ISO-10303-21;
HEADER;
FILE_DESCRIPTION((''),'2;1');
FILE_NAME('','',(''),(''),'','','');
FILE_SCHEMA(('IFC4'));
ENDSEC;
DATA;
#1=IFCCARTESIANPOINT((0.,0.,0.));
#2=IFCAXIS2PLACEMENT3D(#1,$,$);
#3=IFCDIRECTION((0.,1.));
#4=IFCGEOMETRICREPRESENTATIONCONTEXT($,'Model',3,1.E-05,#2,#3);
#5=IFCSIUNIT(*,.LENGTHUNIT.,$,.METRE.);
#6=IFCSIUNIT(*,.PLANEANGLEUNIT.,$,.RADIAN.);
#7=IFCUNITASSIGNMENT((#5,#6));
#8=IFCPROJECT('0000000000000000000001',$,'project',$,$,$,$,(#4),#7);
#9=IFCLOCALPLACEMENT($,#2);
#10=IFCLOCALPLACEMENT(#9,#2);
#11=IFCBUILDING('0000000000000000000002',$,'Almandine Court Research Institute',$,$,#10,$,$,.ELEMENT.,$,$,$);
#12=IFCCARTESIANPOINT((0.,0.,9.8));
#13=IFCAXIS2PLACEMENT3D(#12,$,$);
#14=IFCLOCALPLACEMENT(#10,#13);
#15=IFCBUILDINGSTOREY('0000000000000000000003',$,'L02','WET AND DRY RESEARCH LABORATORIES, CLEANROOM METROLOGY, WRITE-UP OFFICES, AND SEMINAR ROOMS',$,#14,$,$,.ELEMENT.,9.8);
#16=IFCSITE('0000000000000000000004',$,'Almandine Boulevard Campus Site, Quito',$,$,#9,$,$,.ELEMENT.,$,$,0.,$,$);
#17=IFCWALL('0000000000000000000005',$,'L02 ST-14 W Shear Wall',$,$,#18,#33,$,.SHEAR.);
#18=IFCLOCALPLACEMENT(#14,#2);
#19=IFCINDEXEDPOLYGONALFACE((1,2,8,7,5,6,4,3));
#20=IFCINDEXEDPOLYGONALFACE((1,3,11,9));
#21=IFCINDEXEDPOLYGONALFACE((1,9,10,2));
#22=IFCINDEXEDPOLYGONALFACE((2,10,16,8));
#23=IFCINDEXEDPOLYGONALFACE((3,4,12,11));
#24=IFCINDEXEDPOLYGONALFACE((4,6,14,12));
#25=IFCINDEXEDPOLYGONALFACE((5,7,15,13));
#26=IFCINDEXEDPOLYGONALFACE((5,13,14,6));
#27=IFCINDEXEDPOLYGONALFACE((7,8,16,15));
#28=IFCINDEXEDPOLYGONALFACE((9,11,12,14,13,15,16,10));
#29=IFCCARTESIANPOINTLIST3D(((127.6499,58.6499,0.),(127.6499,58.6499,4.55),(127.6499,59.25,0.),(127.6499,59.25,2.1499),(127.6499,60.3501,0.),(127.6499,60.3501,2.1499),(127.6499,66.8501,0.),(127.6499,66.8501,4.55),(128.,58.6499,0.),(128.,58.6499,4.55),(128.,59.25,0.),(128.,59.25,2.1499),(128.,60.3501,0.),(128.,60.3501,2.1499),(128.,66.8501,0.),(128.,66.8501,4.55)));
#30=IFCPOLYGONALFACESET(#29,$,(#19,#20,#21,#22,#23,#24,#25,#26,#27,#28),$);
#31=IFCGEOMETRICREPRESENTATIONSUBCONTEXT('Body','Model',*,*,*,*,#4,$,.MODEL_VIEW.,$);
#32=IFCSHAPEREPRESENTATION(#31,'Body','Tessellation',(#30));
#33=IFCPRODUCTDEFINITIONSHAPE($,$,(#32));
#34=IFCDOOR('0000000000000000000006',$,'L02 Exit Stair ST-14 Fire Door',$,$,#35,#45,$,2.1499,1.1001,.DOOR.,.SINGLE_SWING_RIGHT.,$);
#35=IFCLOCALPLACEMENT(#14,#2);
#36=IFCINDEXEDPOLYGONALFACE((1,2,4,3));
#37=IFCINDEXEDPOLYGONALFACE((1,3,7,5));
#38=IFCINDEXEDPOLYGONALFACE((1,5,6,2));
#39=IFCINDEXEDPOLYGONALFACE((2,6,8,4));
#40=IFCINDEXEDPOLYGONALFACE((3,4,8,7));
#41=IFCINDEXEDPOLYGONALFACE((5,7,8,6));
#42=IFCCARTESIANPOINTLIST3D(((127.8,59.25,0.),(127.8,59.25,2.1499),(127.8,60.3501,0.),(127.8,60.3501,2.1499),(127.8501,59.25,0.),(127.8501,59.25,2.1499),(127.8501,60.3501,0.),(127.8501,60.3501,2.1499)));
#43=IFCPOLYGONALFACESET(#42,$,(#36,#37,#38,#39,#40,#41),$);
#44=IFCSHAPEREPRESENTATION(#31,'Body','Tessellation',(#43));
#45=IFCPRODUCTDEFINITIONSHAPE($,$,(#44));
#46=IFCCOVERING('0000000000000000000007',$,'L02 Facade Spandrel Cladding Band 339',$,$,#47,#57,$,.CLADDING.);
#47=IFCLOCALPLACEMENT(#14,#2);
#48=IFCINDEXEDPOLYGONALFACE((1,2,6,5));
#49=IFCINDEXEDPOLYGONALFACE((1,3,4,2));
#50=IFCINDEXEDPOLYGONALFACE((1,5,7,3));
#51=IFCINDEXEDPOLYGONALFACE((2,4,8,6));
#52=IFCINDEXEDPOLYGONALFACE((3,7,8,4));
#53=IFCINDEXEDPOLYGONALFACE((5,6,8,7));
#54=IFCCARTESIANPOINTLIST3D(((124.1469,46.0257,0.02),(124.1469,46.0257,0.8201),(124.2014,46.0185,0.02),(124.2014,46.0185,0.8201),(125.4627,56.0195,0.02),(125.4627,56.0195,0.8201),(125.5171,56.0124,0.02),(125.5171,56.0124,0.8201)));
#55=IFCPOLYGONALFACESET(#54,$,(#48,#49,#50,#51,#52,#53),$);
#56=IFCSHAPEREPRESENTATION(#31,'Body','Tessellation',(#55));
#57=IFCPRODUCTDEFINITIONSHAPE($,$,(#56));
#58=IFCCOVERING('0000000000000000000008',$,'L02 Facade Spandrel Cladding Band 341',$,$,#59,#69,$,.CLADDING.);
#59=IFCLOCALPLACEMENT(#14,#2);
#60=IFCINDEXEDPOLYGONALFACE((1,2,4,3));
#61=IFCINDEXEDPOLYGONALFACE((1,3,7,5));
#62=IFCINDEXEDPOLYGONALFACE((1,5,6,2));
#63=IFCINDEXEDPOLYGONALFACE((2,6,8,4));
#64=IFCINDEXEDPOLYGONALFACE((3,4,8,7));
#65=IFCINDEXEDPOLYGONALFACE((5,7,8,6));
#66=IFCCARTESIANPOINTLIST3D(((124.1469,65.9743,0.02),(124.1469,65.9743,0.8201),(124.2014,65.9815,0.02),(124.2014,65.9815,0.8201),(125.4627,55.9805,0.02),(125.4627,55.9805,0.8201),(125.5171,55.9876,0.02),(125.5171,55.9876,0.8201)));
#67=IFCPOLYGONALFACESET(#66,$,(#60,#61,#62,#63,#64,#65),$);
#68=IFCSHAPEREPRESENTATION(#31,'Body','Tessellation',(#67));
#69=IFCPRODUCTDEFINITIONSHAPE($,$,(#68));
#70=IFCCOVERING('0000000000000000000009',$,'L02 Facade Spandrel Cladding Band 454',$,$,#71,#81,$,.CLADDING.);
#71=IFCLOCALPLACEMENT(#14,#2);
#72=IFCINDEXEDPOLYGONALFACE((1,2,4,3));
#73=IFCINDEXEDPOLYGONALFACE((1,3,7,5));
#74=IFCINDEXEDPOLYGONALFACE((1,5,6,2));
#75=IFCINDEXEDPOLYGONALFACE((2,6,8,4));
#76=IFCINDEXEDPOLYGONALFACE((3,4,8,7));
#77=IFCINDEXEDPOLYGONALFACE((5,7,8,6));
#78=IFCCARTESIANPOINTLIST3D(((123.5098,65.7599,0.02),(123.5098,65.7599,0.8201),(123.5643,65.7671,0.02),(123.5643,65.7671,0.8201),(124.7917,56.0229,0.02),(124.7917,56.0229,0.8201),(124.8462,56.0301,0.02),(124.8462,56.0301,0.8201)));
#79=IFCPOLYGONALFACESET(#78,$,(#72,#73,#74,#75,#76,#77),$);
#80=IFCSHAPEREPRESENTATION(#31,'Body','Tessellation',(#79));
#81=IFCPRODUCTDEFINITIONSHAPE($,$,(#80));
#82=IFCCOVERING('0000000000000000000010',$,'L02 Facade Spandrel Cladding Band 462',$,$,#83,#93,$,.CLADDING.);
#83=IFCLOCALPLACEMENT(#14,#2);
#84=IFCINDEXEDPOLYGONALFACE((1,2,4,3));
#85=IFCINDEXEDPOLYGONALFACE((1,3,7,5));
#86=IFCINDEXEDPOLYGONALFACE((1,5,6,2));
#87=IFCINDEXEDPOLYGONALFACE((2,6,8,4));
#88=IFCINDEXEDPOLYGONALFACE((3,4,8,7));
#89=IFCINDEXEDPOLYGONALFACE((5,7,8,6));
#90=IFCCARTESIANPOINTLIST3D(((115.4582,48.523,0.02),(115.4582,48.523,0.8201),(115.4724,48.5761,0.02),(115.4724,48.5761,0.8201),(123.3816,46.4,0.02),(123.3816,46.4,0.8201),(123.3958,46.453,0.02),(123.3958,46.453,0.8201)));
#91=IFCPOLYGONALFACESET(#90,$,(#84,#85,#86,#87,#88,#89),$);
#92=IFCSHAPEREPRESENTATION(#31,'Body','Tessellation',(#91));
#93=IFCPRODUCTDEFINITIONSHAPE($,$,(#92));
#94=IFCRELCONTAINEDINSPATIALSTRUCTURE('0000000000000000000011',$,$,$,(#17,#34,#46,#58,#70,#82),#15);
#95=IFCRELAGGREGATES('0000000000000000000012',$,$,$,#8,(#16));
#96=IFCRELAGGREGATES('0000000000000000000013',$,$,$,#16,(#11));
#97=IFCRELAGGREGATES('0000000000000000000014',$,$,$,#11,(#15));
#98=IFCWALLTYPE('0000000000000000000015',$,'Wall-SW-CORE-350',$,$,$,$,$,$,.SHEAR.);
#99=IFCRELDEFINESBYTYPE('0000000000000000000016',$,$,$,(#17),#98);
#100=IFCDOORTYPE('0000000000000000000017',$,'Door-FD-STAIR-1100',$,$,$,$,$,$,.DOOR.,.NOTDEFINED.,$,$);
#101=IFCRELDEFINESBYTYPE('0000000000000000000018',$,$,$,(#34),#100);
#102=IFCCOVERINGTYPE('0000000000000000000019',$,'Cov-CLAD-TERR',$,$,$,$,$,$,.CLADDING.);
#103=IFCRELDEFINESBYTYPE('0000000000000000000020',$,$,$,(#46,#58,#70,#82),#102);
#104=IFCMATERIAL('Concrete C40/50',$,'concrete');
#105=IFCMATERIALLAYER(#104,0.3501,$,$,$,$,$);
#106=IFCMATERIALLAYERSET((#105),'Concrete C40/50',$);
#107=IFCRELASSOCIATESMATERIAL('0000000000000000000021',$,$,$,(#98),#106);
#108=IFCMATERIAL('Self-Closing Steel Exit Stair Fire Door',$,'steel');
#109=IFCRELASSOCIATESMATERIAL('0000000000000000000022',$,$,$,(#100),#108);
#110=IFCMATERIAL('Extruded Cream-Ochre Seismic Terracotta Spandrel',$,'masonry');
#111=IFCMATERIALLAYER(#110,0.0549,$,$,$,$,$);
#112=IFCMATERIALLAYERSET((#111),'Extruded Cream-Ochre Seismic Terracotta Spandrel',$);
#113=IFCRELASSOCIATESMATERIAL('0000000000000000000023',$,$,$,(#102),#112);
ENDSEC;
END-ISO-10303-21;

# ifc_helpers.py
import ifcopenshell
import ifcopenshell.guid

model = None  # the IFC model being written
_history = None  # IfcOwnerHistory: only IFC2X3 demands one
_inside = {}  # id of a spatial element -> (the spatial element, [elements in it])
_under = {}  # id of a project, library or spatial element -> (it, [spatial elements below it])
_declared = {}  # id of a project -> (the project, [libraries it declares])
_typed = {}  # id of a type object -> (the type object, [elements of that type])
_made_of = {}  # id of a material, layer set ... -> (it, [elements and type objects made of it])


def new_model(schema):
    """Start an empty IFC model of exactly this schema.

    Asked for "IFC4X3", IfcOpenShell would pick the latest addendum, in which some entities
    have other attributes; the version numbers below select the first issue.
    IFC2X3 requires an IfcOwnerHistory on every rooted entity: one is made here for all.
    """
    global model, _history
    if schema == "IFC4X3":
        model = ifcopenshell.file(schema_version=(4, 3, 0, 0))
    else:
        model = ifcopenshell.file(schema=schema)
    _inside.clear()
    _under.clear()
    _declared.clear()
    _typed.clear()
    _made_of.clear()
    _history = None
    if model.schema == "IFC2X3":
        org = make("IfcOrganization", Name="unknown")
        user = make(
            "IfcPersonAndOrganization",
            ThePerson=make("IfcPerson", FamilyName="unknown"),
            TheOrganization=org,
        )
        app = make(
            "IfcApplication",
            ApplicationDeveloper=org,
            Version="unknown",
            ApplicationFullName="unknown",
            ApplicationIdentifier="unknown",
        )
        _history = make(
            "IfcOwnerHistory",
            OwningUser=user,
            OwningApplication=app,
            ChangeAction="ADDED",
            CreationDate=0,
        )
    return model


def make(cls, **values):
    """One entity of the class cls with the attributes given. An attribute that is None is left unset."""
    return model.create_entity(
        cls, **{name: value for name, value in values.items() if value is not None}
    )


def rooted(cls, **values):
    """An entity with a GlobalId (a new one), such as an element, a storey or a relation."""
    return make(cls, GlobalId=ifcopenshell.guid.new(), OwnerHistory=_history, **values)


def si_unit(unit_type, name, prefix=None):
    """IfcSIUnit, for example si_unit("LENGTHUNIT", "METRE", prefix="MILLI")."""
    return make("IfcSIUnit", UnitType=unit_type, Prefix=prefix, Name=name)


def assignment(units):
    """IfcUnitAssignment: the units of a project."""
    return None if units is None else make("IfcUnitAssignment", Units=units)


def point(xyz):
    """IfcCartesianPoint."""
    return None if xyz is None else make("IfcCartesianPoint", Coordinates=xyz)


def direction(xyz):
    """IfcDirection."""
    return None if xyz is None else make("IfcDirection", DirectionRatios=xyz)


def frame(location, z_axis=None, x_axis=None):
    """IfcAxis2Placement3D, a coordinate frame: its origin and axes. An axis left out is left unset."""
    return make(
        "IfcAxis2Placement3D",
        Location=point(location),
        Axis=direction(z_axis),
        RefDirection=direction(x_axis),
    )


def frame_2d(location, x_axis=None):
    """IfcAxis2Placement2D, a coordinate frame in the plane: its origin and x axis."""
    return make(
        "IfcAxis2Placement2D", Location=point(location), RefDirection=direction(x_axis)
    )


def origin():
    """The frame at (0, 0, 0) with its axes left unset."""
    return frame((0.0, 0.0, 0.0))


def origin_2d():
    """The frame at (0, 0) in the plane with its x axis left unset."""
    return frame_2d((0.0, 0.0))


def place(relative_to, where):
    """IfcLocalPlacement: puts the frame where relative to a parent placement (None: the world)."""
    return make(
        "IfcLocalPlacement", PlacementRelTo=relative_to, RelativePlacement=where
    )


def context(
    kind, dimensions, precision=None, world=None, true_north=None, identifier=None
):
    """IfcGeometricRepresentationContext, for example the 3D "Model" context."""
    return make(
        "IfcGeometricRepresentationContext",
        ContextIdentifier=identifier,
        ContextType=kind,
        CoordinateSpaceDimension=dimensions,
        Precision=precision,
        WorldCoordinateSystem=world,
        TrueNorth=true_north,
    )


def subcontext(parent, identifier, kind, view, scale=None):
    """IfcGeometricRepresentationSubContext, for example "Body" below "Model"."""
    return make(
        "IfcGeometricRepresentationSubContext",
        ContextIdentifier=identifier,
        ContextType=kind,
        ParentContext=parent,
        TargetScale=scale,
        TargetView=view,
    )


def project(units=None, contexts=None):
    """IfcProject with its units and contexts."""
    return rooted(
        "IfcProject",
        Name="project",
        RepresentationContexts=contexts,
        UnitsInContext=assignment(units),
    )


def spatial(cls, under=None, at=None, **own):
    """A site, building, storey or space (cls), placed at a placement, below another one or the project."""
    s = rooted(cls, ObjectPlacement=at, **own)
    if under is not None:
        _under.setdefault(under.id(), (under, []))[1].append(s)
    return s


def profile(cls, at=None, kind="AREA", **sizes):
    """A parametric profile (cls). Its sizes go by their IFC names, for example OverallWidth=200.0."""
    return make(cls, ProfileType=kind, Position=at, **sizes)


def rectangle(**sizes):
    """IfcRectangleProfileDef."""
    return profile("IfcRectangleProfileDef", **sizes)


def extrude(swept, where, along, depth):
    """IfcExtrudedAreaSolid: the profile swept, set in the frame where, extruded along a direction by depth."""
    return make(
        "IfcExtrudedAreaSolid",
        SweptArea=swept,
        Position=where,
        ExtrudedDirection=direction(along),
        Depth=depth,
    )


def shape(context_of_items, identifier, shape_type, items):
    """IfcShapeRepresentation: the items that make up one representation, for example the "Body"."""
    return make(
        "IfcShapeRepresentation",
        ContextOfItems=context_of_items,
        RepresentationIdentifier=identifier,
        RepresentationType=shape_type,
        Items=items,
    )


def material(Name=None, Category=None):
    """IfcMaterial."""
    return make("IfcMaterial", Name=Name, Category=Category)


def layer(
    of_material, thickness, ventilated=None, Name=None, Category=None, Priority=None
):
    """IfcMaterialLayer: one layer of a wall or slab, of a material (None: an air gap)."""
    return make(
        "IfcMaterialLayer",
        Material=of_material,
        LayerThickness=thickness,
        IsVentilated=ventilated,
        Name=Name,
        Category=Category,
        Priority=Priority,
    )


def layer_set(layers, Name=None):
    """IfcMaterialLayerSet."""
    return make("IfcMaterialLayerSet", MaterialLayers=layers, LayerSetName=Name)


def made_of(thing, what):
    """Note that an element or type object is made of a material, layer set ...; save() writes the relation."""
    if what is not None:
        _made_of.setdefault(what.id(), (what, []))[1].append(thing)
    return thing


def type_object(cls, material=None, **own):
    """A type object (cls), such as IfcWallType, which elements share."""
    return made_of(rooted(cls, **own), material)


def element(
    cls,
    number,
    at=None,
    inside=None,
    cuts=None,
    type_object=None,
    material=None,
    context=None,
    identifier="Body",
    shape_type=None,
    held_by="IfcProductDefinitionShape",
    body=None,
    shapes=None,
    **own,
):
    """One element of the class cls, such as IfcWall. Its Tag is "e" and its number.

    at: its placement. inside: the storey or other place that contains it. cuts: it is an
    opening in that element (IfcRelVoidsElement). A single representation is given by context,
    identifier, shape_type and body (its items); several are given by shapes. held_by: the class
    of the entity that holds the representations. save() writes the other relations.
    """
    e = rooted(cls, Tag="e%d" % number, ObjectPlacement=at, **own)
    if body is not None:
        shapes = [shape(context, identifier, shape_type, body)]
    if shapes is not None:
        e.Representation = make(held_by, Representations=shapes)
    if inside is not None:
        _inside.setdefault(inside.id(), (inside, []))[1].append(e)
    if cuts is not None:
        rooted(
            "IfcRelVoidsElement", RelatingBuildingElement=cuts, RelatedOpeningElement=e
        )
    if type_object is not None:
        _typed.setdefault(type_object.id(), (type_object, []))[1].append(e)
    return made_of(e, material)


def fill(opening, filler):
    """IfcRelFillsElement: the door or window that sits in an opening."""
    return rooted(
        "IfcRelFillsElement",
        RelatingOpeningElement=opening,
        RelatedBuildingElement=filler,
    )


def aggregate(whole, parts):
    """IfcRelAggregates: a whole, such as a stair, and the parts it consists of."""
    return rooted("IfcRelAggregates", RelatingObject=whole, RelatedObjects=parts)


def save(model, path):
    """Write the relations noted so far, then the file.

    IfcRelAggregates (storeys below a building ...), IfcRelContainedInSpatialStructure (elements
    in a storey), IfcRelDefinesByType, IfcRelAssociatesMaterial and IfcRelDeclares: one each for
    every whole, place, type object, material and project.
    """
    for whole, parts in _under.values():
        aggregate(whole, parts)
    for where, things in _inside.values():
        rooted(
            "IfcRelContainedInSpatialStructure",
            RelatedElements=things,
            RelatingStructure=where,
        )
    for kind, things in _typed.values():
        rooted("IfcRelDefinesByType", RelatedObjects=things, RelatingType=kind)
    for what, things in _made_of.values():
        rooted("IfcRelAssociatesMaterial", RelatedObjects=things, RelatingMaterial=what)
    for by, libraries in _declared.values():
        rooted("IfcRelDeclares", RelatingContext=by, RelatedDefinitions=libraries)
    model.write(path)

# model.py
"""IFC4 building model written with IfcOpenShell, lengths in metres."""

from ifc_helpers import new_model, si_unit, direction, frame, frame_2d, origin, origin_2d, place, context, subcontext, project, spatial, rectangle, extrude, material, layer, layer_set, type_object, element, fill, save


model = new_model("IFC4")

# Units and contexts
model_context = context("Model", 3, precision=1e-05, world=origin(), true_north=direction((0.0, 1.0)))
body_context = subcontext(model_context, "Body", "Model", "MODEL_VIEW")
ifc_project = project(units=[si_unit("LENGTHUNIT", "METRE"), si_unit("PLANEANGLEUNIT", "RADIAN")], contexts=[model_context])

# Site, building, storey
site_placement = place(None, origin())
site = spatial("IfcSite", under=ifc_project, at=site_placement, Name="Almandine Boulevard Campus Site, Quito", CompositionType="ELEMENT", RefElevation=0.0)
building_placement = place(site_placement, origin())
building = spatial("IfcBuilding", under=site, at=building_placement, Name="Almandine Court Research Institute", CompositionType="ELEMENT")
storey_placement = place(building_placement, frame((0.0, 0.0, 9.8)))
storey = spatial("IfcBuildingStorey", under=building, at=storey_placement, Name="L02", Description="WET AND DRY RESEARCH LABORATORIES, CLEANROOM METROLOGY, WRITE-UP OFFICES, AND SEMINAR ROOMS", CompositionType="ELEMENT", Elevation=9.8)

# Wall, opening, door
ifc_material_1 = material(Name="Concrete C40/50", Category="concrete")
ifc_layer_1 = layer(ifc_material_1, 0.3501)
ifc_layer_set_1 = layer_set([ifc_layer_1], Name="Concrete C40/50")
wall_type_1 = type_object("IfcWallType", Name="Wall-SW-CORE-350", PredefinedType="SHEAR", material=ifc_layer_set_1)
wall_1_placement = place(storey_placement, frame((127.825, 58.6499, 0.0), z_axis=(0.0, 0.0, 1.0), x_axis=(0.0, 1.0, 0.0)))
wall_1 = element("IfcWall", 1, at=wall_1_placement, inside=storey, type_object=wall_type_1, Name="L02 ST-14 W Shear Wall", PredefinedType="SHEAR", context=body_context, shape_type="SweptSolid", body=[
    extrude(rectangle(XDim=8.2002, YDim=0.3501, at=frame_2d((4.1001, 0.0))), origin(), (0.0, 0.0, 1.0), 4.55),
])
opening_1_placement = place(wall_1_placement, frame((0.6001, 0.0, 0.0)))
opening_1 = element("IfcOpeningElement", 2, at=opening_1_placement, cuts=wall_1, PredefinedType="OPENING", context=body_context, shape_type="SweptSolid", body=[
    extrude(rectangle(XDim=1.1001, YDim=2.1499, at=frame_2d((0.55, 1.075))), frame((0.0, 0.1851, 0.0), z_axis=(0.0, -1.0, 0.0), x_axis=(1.0, 0.0, 0.0)), (0.0, 0.0, 1.0), 0.3701),
])
ifc_material_2 = material(Name="Self-Closing Steel Exit Stair Fire Door", Category="steel")
door_type_1 = type_object("IfcDoorType", Name="Door-FD-STAIR-1100", OperationType="NOTDEFINED", PredefinedType="DOOR", material=ifc_material_2)
door_1_placement = place(opening_1_placement, origin())
door_1 = element("IfcDoor", 3, at=door_1_placement, inside=storey, type_object=door_type_1, Name="L02 Exit Stair ST-14 Fire Door", OperationType="SINGLE_SWING_RIGHT", OverallHeight=2.1499, OverallWidth=1.1001, PredefinedType="DOOR", context=body_context, shape_type="SweptSolid", body=[
    extrude(rectangle(XDim=1.1001, YDim=2.1499, at=frame_2d((0.55, 1.075))), frame((0.0, 0.0249, 0.0), z_axis=(0.0, -1.0, 0.0), x_axis=(1.0, 0.0, 0.0)), (0.0, 0.0, 1.0), 0.05),
])
fill(opening_1, door_1)

# Coverings
ifc_material_3 = material(Name="Extruded Cream-Ochre Seismic Terracotta Spandrel", Category="masonry")
ifc_layer_2 = layer(ifc_material_3, 0.0549)
ifc_layer_set_2 = layer_set([ifc_layer_2], Name="Extruded Cream-Ochre Seismic Terracotta Spandrel")
covering_type = type_object("IfcCoveringType", Name="Cov-CLAD-TERR", PredefinedType="CLADDING", material=ifc_layer_set_2)
for number, where, z_axis, x_axis, name in (
    (4, (124.832, 51.019, 0.02), (0.0, 0.0, 1.0), (0.130526, 0.991445, 0.0), "L02 Facade Spandrel Cladding Band 339"),
    (5, (124.832, 60.981, 0.02), (0.0, 0.0, 1.0), (-0.130526, 0.991445, 0.0), "L02 Facade Spandrel Cladding Band 341"),
):
    element("IfcCovering", number, at=place(storey_placement, frame(where, z_axis=z_axis, x_axis=x_axis)), inside=storey, type_object=covering_type, Name=name, PredefinedType="CLADDING", context=body_context, shape_type="SweptSolid", body=[
        extrude(rectangle(XDim=10.0801, YDim=0.0549, at=origin_2d()), origin(), (0.0, 0.0, 1.0), 0.8),
    ])
covering_1_placement = place(storey_placement, frame((124.178, 60.895, 0.02), z_axis=(0.0, 0.0, 1.0), x_axis=(0.130526, -0.991445, 0.0)))
element("IfcCovering", 6, at=covering_1_placement, inside=storey, type_object=covering_type, Name="L02 Facade Spandrel Cladding Band 454", PredefinedType="CLADDING", context=body_context, shape_type="SweptSolid", body=[
    extrude(rectangle(XDim=9.821, YDim=0.0549, at=origin_2d()), origin(), (0.0, 0.0, 1.0), 0.8),
])
covering_2_placement = place(storey_placement, frame((119.427, 47.488, 0.02), z_axis=(0.0, 0.0, 1.0), x_axis=(0.965926, -0.258819, 0.0)))
element("IfcCovering", 7, at=covering_2_placement, inside=storey, type_object=covering_type, Name="L02 Facade Spandrel Cladding Band 462", PredefinedType="CLADDING", context=body_context, shape_type="SweptSolid", body=[
    extrude(rectangle(XDim=8.2029, YDim=0.0549, at=origin_2d()), origin(), (0.0, 0.0, 1.0), 0.8),
])

save(model, "model.ifc")
